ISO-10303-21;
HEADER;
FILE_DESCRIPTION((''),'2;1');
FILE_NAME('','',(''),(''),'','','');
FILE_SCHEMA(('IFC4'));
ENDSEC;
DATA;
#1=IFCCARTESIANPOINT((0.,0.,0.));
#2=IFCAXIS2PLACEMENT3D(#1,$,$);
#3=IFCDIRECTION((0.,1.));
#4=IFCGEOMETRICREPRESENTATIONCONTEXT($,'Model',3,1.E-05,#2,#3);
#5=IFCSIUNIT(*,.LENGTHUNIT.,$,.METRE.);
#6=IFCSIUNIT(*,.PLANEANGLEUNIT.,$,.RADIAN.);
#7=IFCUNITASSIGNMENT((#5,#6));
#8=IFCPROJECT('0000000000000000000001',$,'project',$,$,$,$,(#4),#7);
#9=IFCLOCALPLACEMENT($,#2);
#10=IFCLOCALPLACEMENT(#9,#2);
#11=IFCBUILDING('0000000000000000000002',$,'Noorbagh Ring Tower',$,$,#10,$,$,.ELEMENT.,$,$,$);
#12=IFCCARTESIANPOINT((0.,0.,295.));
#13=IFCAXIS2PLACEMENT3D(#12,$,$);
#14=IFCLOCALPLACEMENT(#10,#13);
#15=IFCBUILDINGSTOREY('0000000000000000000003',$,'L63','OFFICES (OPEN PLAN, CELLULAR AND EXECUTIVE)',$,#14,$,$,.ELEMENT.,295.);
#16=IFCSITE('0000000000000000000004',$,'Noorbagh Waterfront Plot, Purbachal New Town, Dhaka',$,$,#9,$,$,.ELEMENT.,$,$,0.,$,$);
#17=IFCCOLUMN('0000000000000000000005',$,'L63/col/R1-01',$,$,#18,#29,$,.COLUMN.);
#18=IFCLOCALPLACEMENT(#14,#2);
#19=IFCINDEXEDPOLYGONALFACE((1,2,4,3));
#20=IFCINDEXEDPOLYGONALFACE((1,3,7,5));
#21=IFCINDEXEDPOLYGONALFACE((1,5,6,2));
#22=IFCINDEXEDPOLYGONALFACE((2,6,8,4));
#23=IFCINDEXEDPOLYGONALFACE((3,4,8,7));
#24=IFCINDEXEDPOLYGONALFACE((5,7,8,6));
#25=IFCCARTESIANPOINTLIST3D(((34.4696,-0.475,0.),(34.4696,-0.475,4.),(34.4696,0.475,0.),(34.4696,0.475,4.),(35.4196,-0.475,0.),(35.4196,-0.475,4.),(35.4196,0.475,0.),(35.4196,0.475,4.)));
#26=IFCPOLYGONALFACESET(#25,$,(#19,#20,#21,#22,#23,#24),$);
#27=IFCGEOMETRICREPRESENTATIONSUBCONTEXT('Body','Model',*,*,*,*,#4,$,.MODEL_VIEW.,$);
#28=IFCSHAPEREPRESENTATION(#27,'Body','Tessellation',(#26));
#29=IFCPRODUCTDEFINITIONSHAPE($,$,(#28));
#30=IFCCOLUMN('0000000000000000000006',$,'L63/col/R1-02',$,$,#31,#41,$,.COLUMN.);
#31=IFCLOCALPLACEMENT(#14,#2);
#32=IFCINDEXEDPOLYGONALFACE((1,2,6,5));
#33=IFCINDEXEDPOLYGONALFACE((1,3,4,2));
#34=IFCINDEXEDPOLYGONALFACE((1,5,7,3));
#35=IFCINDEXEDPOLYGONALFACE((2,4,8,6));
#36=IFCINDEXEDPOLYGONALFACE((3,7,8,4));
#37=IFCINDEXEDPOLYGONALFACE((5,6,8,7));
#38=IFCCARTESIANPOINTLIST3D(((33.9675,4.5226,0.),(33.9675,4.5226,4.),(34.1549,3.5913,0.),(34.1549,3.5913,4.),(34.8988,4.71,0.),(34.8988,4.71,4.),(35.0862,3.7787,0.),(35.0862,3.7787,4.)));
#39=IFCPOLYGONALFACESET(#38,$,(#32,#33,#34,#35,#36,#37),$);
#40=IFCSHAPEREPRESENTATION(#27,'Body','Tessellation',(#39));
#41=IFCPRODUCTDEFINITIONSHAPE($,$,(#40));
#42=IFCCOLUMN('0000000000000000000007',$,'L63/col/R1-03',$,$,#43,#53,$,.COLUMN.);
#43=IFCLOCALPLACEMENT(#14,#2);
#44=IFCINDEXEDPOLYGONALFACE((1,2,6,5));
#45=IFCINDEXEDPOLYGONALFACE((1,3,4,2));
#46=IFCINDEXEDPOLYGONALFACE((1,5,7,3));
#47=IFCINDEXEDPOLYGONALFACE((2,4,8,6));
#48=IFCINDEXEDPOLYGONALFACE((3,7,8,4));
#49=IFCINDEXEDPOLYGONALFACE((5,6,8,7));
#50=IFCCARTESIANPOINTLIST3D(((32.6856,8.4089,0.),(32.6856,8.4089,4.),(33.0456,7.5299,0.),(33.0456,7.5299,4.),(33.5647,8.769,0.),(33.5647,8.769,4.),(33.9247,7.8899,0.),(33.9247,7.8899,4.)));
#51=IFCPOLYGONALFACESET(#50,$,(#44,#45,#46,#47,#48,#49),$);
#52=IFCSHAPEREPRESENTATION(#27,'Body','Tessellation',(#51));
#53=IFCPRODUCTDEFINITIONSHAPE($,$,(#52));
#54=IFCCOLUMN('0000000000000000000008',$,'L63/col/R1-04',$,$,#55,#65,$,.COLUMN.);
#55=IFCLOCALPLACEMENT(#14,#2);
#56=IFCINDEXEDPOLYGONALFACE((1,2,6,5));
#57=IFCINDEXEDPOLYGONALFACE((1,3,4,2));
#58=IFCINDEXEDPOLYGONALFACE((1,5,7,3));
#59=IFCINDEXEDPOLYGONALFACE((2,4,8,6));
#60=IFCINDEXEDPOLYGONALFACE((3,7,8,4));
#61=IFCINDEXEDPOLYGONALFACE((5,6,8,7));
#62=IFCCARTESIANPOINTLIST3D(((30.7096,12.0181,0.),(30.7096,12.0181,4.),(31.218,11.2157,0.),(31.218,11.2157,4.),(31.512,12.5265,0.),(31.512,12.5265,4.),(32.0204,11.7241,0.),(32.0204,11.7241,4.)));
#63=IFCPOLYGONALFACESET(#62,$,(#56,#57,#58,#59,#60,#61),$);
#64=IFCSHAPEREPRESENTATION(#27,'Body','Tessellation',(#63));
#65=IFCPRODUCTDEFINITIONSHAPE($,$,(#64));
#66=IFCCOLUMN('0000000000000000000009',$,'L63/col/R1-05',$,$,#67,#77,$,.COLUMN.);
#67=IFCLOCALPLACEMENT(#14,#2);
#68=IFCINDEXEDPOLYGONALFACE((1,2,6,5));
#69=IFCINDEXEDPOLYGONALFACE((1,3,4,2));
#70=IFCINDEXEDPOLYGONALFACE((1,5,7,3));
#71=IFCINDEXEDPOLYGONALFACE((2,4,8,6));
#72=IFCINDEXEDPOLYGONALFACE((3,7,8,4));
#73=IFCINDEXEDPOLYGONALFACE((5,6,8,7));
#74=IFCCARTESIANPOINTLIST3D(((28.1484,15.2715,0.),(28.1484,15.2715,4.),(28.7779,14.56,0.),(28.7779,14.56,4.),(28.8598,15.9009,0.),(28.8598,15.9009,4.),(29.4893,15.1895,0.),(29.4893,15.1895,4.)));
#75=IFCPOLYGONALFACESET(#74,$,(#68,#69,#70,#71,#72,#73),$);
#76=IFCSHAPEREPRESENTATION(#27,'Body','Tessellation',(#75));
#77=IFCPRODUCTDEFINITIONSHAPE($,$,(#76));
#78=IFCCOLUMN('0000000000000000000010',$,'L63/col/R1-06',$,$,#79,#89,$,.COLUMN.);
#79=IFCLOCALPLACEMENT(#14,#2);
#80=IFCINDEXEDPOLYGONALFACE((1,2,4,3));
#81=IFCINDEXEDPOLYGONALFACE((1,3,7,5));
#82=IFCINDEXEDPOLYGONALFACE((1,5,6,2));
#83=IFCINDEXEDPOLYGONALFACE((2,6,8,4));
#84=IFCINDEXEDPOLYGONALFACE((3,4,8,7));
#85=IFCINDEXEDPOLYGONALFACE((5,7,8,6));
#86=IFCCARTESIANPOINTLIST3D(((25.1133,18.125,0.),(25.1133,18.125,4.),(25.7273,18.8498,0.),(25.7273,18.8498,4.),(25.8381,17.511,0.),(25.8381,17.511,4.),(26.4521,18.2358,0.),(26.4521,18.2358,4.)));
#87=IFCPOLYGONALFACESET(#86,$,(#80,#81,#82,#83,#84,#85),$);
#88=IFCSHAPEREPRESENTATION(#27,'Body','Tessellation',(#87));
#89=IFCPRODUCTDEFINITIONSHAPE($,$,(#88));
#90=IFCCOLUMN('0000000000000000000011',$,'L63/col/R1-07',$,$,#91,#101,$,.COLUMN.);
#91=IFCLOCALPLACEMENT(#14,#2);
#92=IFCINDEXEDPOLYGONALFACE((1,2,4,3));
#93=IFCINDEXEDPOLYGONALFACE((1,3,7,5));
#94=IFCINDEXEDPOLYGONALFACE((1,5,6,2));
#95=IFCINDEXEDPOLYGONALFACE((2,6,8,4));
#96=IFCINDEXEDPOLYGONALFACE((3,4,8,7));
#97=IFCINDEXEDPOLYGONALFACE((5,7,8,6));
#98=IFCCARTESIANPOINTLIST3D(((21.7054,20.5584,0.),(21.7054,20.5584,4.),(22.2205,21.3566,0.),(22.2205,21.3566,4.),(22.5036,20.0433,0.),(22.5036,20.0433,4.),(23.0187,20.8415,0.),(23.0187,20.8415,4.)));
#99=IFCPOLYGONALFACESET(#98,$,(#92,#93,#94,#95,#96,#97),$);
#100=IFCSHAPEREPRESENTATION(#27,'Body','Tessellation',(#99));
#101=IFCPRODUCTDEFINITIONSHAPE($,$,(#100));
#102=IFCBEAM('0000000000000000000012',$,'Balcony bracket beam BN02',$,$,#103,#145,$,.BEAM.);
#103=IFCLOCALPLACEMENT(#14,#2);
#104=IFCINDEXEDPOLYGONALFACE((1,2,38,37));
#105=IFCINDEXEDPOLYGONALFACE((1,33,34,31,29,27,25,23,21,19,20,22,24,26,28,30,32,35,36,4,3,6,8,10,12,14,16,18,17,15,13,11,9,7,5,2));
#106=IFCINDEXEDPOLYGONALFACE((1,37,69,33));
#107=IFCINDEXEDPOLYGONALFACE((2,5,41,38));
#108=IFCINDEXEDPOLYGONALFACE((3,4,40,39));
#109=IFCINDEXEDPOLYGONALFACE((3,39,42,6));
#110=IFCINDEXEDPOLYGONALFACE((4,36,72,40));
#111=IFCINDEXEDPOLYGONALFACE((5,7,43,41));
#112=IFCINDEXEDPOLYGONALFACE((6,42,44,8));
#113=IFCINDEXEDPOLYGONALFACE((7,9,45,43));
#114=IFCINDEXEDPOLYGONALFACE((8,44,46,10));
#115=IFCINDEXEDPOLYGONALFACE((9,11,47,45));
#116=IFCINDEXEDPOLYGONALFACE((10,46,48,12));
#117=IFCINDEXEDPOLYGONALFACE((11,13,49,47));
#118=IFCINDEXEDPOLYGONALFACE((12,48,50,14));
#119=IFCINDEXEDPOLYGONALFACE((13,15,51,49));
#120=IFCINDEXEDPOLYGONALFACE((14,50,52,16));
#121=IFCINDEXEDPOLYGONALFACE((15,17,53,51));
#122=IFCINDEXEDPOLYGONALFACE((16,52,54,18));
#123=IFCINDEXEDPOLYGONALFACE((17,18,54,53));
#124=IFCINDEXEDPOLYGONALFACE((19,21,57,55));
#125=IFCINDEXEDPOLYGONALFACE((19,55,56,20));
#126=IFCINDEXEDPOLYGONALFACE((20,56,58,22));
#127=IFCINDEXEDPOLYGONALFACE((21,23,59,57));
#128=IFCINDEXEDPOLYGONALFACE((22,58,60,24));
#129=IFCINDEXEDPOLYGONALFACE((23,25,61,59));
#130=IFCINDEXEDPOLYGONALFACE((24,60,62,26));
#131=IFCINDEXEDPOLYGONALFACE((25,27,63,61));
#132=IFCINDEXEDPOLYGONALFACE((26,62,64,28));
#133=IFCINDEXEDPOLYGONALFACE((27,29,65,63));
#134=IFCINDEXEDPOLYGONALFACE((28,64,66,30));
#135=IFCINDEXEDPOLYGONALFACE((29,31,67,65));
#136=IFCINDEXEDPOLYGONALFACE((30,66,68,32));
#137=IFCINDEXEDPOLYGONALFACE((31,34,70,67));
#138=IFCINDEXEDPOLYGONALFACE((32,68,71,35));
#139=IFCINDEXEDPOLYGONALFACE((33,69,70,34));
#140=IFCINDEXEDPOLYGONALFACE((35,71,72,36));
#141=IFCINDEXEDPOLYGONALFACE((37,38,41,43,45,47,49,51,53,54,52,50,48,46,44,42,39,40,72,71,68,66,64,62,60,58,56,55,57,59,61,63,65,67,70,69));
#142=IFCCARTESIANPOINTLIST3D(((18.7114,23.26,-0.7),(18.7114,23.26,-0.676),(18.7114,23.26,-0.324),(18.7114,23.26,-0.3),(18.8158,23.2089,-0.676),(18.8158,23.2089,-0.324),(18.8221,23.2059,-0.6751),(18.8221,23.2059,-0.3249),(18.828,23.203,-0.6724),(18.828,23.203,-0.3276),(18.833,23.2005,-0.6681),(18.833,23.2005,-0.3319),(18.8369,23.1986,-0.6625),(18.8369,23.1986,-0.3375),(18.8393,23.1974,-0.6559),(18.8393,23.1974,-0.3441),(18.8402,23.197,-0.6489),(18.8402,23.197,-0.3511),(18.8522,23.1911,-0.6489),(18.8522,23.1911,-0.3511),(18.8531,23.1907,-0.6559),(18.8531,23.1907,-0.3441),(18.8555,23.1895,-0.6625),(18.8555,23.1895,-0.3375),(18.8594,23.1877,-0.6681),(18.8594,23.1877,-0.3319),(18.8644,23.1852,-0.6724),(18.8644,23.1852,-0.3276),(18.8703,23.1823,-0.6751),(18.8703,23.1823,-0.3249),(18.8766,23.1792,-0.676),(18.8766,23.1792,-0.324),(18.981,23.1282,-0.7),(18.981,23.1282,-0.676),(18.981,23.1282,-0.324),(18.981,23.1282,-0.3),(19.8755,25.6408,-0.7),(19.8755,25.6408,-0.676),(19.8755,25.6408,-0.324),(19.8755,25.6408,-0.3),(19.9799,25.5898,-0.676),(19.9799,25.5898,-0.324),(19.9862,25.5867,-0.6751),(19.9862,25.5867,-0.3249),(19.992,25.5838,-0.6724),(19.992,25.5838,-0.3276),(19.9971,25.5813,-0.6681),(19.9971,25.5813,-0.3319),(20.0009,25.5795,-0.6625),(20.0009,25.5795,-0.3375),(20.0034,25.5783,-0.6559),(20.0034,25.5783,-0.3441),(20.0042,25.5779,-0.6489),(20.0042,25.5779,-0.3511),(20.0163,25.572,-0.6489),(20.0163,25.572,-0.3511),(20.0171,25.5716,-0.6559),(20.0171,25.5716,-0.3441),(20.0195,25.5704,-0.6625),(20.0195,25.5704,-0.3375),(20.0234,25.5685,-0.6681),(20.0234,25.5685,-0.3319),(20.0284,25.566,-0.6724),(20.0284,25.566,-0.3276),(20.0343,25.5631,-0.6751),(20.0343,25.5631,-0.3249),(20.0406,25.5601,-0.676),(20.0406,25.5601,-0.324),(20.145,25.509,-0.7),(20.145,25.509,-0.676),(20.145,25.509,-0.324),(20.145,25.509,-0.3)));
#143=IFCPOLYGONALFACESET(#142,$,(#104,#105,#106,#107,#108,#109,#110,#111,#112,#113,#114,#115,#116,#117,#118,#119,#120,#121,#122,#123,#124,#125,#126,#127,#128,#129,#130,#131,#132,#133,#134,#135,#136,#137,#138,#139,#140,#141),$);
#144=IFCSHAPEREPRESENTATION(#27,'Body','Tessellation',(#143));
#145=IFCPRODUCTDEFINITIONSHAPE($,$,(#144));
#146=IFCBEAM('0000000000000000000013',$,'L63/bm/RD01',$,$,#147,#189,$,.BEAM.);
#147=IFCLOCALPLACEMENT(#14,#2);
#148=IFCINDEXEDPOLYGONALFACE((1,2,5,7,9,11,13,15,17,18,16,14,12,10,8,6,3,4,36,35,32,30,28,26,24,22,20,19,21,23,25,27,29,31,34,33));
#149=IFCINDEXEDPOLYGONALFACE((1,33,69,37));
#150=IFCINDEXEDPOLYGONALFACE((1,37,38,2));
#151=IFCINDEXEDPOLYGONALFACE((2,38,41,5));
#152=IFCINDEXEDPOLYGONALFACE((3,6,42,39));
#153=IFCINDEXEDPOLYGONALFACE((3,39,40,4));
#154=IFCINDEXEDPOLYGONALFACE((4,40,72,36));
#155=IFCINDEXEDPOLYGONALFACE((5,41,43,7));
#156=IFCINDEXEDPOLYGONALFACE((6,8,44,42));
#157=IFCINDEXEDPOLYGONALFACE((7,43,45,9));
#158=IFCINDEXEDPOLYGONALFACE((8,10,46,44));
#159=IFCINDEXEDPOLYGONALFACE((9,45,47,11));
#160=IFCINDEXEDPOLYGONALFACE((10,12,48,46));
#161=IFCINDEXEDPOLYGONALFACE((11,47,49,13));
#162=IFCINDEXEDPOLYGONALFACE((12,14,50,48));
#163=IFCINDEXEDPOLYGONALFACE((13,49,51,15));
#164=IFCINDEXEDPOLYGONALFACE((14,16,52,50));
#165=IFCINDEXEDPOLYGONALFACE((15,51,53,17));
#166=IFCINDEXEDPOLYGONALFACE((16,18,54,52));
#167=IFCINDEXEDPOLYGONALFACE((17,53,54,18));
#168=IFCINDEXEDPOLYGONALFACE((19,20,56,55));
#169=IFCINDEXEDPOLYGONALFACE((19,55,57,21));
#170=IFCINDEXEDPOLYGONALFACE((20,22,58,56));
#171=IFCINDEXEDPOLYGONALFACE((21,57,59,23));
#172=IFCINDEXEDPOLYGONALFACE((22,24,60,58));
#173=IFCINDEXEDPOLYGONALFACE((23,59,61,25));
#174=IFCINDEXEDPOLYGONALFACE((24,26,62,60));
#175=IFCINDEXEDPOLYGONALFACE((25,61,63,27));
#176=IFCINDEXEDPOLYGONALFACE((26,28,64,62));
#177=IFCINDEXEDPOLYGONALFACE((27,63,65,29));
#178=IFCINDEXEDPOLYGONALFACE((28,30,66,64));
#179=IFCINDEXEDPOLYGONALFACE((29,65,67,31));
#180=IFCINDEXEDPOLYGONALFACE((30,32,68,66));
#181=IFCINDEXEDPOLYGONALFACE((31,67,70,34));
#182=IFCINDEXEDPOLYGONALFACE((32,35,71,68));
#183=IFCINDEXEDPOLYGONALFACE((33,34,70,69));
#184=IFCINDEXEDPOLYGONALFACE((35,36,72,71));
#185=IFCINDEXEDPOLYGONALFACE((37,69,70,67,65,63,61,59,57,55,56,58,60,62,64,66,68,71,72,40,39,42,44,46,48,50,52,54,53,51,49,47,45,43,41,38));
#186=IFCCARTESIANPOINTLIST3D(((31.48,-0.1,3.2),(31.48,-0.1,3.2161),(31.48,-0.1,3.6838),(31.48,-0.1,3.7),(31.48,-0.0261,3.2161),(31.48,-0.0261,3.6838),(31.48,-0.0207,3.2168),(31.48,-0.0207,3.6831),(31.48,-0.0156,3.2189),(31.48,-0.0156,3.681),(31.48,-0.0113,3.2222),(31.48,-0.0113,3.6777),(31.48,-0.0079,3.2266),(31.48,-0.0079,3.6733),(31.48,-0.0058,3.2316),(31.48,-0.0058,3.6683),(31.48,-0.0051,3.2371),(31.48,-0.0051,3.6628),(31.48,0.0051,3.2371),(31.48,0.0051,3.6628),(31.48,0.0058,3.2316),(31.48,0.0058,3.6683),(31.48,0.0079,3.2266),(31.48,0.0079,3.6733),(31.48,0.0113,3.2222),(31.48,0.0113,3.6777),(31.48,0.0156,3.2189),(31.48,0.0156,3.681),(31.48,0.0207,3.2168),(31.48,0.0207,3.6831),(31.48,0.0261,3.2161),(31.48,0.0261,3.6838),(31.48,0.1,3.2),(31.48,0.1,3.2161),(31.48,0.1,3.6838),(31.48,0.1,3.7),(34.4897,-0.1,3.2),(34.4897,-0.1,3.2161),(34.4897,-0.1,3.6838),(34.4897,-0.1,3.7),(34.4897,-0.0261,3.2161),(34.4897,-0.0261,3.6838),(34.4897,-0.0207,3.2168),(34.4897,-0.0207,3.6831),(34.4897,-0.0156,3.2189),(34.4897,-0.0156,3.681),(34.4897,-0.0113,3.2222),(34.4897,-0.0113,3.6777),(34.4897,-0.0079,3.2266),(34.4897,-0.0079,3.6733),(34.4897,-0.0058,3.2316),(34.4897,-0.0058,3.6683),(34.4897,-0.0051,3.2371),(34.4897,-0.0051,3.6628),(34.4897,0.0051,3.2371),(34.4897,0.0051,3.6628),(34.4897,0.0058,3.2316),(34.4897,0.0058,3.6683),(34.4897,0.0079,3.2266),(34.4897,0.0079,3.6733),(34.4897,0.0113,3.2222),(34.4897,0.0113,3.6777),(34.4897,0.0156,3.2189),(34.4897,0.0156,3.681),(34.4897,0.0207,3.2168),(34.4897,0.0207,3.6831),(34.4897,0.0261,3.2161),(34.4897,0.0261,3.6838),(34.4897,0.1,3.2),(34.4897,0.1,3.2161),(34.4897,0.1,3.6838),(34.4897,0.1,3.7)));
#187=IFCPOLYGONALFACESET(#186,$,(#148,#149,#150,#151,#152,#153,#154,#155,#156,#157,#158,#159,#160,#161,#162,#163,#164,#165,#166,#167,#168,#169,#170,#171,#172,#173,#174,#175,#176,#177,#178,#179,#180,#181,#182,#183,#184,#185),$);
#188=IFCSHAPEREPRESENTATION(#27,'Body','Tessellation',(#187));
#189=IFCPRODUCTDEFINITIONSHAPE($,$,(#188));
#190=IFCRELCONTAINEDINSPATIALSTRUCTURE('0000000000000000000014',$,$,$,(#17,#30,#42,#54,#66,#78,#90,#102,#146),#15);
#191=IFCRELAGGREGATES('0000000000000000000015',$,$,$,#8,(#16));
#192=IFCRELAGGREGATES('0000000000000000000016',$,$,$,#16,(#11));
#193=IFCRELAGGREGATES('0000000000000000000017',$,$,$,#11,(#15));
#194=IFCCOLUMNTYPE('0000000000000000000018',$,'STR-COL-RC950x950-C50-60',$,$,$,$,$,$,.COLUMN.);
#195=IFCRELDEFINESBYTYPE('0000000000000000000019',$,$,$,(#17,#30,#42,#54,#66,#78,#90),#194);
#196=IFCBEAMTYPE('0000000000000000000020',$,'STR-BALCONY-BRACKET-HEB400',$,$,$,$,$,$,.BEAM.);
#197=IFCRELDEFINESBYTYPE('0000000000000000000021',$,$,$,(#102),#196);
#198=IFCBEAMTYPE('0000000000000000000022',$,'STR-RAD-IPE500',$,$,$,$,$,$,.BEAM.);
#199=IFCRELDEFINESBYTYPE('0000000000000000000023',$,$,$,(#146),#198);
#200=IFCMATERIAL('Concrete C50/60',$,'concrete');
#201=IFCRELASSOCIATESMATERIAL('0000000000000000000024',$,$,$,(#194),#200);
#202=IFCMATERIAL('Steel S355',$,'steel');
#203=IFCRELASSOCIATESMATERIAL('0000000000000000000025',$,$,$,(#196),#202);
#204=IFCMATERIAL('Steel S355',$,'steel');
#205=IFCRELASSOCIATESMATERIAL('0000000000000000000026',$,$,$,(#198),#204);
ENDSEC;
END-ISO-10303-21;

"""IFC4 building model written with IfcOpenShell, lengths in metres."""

from ifc_helpers import new_model, si_unit, direction, frame, origin, origin_2d, place, context, subcontext, project, spatial, rectangle, i_section, extrude, material, material_profile, profile_set, type_object, element, save


model = new_model("IFC4")

# Units and contexts
model_context = context("Model", 3, precision=1e-05, world=origin(), true_north=direction((0.0, 1.0)))
body_context = subcontext(model_context, "Body", "Model", "MODEL_VIEW")
ifc_project = project(units=[si_unit("LENGTHUNIT", "METRE"), si_unit("PLANEANGLEUNIT", "RADIAN")], contexts=[model_context])

# Site, building, storey
site_placement = place(None, origin())
site = spatial("IfcSite", under=ifc_project, at=site_placement, Name="Noorbagh Waterfront Plot, Purbachal New Town, Dhaka", CompositionType="ELEMENT", RefElevation=0.0)
building_placement = place(site_placement, origin())
building = spatial("IfcBuilding", under=site, at=building_placement, Name="Noorbagh Ring Tower", CompositionType="ELEMENT")
storey_placement = place(building_placement, frame((0.0, 0.0, 295.0)))
storey = spatial("IfcBuildingStorey", under=building, at=storey_placement, Name="L63", Description="OFFICES (OPEN PLAN, CELLULAR AND EXECUTIVE)", CompositionType="ELEMENT", Elevation=295.0)

# Columns
ifc_material_1 = material(Name="Concrete C50/60", Category="concrete")
ifc_material_profile_1 = material_profile(ifc_material_1, rectangle(XDim=0.95, YDim=0.95, at=origin_2d()), Name="RC950x950")
ifc_profile_set_1 = profile_set([ifc_material_profile_1], Name="Concrete C50/60")
column_type = type_object("IfcColumnType", Name="STR-COL-RC950x950-C50-60", PredefinedType="COLUMN", material=ifc_profile_set_1)
for number, where, z_axis, x_axis, name in (
    (1, (34.9446, 0.0, 0.0), (0.0, 0.0, 1.0), (0.0, 1.0, 0.0), "L63/col/R1-01"),
    (2, (34.5269, 4.1506, 0.0), (0.0, 0.0, 1.0), (-0.19723, 0.980357, 0.0), "L63/col/R1-02"),
    (3, (33.3052, 8.1494, 0.0), (0.0, 0.0, 1.0), (-0.378989, 0.925401, 0.0), "L63/col/R1-03"),
    (4, (31.365, 11.8711, 0.0), (0.0, 0.0, 1.0), (-0.53519, 0.844731, 0.0), "L63/col/R1-04"),
    (5, (28.8188, 15.2305, 0.0), (0.0, 0.0, 1.0), (-0.662636, 0.748942, 0.0), "L63/col/R1-05"),
    (6, (25.7827, 18.1804, 0.0), (0.0, 0.0, 1.0), (-0.763035, 0.646357, 0.0), "L63/col/R1-06"),
    (7, (22.3621, 20.7, 0.0), (0.0, 0.0, 1.0), (-0.840248, 0.542203, 0.0), "L63/col/R1-07"),
):
    element("IfcColumn", number, at=place(storey_placement, frame(where, z_axis=z_axis, x_axis=x_axis)), inside=storey, type_object=column_type, Name=name, PredefinedType="COLUMN", context=body_context, shape_type="SweptSolid", body=[
        extrude(rectangle(XDim=0.95, YDim=0.95, at=origin_2d()), origin(), (0.0, 0.0, 1.0), 4.0),
    ])

# Beams
ifc_material_2 = material(Name="Steel S355", Category="steel")
ifc_material_profile_2 = material_profile(ifc_material_2, i_section(OverallWidth=0.3, OverallDepth=0.3999, WebThickness=0.0134, FlangeThickness=0.0239, FilletRadius=0.0271, at=origin_2d()), Name="HEB400")
ifc_profile_set_2 = profile_set([ifc_material_profile_2], Name="Steel S355")
beam_type_1 = type_object("IfcBeamType", Name="STR-BALCONY-BRACKET-HEB400", PredefinedType="BEAM", material=ifc_profile_set_2)
beam_1_placement = place(storey_placement, frame((18.8462, 23.1941, -0.5), z_axis=(0.439237, 0.898371, 0.0), x_axis=(-0.898371, 0.439237, 0.0)))
element("IfcBeam", 8, at=beam_1_placement, inside=storey, type_object=beam_type_1, Name="Balcony bracket beam BN02", PredefinedType="BEAM", context=body_context, shape_type="SweptSolid", body=[
    extrude(i_section(OverallWidth=0.3, OverallDepth=0.3999, WebThickness=0.0134, FlangeThickness=0.0239, FilletRadius=0.0271, at=origin_2d()), origin(), (0.0, 0.0, 1.0), 2.6501),
])
ifc_material_3 = material(Name="Steel S355", Category="steel")
ifc_material_profile_3 = material_profile(ifc_material_3, i_section(OverallWidth=0.2, OverallDepth=0.5, WebThickness=0.0103, FlangeThickness=0.0161, FilletRadius=0.021, at=origin_2d()), Name="IPE500")
ifc_profile_set_3 = profile_set([ifc_material_profile_3], Name="Steel S355")
beam_type_2 = type_object("IfcBeamType", Name="STR-RAD-IPE500", PredefinedType="BEAM", material=ifc_profile_set_3)
beam_2_placement = place(storey_placement, frame((34.4897, 0.0, 3.45), z_axis=(-1.0, 0.0, 0.0), x_axis=(0.0, -1.0, 0.0)))
element("IfcBeam", 9, at=beam_2_placement, inside=storey, type_object=beam_type_2, Name="L63/bm/RD01", PredefinedType="BEAM", context=body_context, shape_type="SweptSolid", body=[
    extrude(i_section(OverallWidth=0.2, OverallDepth=0.5, WebThickness=0.0103, FlangeThickness=0.0161, FilletRadius=0.021, at=origin_2d()), origin(), (0.0, 0.0, 1.0), 3.0098),
])

save(model, "model.ifc")
